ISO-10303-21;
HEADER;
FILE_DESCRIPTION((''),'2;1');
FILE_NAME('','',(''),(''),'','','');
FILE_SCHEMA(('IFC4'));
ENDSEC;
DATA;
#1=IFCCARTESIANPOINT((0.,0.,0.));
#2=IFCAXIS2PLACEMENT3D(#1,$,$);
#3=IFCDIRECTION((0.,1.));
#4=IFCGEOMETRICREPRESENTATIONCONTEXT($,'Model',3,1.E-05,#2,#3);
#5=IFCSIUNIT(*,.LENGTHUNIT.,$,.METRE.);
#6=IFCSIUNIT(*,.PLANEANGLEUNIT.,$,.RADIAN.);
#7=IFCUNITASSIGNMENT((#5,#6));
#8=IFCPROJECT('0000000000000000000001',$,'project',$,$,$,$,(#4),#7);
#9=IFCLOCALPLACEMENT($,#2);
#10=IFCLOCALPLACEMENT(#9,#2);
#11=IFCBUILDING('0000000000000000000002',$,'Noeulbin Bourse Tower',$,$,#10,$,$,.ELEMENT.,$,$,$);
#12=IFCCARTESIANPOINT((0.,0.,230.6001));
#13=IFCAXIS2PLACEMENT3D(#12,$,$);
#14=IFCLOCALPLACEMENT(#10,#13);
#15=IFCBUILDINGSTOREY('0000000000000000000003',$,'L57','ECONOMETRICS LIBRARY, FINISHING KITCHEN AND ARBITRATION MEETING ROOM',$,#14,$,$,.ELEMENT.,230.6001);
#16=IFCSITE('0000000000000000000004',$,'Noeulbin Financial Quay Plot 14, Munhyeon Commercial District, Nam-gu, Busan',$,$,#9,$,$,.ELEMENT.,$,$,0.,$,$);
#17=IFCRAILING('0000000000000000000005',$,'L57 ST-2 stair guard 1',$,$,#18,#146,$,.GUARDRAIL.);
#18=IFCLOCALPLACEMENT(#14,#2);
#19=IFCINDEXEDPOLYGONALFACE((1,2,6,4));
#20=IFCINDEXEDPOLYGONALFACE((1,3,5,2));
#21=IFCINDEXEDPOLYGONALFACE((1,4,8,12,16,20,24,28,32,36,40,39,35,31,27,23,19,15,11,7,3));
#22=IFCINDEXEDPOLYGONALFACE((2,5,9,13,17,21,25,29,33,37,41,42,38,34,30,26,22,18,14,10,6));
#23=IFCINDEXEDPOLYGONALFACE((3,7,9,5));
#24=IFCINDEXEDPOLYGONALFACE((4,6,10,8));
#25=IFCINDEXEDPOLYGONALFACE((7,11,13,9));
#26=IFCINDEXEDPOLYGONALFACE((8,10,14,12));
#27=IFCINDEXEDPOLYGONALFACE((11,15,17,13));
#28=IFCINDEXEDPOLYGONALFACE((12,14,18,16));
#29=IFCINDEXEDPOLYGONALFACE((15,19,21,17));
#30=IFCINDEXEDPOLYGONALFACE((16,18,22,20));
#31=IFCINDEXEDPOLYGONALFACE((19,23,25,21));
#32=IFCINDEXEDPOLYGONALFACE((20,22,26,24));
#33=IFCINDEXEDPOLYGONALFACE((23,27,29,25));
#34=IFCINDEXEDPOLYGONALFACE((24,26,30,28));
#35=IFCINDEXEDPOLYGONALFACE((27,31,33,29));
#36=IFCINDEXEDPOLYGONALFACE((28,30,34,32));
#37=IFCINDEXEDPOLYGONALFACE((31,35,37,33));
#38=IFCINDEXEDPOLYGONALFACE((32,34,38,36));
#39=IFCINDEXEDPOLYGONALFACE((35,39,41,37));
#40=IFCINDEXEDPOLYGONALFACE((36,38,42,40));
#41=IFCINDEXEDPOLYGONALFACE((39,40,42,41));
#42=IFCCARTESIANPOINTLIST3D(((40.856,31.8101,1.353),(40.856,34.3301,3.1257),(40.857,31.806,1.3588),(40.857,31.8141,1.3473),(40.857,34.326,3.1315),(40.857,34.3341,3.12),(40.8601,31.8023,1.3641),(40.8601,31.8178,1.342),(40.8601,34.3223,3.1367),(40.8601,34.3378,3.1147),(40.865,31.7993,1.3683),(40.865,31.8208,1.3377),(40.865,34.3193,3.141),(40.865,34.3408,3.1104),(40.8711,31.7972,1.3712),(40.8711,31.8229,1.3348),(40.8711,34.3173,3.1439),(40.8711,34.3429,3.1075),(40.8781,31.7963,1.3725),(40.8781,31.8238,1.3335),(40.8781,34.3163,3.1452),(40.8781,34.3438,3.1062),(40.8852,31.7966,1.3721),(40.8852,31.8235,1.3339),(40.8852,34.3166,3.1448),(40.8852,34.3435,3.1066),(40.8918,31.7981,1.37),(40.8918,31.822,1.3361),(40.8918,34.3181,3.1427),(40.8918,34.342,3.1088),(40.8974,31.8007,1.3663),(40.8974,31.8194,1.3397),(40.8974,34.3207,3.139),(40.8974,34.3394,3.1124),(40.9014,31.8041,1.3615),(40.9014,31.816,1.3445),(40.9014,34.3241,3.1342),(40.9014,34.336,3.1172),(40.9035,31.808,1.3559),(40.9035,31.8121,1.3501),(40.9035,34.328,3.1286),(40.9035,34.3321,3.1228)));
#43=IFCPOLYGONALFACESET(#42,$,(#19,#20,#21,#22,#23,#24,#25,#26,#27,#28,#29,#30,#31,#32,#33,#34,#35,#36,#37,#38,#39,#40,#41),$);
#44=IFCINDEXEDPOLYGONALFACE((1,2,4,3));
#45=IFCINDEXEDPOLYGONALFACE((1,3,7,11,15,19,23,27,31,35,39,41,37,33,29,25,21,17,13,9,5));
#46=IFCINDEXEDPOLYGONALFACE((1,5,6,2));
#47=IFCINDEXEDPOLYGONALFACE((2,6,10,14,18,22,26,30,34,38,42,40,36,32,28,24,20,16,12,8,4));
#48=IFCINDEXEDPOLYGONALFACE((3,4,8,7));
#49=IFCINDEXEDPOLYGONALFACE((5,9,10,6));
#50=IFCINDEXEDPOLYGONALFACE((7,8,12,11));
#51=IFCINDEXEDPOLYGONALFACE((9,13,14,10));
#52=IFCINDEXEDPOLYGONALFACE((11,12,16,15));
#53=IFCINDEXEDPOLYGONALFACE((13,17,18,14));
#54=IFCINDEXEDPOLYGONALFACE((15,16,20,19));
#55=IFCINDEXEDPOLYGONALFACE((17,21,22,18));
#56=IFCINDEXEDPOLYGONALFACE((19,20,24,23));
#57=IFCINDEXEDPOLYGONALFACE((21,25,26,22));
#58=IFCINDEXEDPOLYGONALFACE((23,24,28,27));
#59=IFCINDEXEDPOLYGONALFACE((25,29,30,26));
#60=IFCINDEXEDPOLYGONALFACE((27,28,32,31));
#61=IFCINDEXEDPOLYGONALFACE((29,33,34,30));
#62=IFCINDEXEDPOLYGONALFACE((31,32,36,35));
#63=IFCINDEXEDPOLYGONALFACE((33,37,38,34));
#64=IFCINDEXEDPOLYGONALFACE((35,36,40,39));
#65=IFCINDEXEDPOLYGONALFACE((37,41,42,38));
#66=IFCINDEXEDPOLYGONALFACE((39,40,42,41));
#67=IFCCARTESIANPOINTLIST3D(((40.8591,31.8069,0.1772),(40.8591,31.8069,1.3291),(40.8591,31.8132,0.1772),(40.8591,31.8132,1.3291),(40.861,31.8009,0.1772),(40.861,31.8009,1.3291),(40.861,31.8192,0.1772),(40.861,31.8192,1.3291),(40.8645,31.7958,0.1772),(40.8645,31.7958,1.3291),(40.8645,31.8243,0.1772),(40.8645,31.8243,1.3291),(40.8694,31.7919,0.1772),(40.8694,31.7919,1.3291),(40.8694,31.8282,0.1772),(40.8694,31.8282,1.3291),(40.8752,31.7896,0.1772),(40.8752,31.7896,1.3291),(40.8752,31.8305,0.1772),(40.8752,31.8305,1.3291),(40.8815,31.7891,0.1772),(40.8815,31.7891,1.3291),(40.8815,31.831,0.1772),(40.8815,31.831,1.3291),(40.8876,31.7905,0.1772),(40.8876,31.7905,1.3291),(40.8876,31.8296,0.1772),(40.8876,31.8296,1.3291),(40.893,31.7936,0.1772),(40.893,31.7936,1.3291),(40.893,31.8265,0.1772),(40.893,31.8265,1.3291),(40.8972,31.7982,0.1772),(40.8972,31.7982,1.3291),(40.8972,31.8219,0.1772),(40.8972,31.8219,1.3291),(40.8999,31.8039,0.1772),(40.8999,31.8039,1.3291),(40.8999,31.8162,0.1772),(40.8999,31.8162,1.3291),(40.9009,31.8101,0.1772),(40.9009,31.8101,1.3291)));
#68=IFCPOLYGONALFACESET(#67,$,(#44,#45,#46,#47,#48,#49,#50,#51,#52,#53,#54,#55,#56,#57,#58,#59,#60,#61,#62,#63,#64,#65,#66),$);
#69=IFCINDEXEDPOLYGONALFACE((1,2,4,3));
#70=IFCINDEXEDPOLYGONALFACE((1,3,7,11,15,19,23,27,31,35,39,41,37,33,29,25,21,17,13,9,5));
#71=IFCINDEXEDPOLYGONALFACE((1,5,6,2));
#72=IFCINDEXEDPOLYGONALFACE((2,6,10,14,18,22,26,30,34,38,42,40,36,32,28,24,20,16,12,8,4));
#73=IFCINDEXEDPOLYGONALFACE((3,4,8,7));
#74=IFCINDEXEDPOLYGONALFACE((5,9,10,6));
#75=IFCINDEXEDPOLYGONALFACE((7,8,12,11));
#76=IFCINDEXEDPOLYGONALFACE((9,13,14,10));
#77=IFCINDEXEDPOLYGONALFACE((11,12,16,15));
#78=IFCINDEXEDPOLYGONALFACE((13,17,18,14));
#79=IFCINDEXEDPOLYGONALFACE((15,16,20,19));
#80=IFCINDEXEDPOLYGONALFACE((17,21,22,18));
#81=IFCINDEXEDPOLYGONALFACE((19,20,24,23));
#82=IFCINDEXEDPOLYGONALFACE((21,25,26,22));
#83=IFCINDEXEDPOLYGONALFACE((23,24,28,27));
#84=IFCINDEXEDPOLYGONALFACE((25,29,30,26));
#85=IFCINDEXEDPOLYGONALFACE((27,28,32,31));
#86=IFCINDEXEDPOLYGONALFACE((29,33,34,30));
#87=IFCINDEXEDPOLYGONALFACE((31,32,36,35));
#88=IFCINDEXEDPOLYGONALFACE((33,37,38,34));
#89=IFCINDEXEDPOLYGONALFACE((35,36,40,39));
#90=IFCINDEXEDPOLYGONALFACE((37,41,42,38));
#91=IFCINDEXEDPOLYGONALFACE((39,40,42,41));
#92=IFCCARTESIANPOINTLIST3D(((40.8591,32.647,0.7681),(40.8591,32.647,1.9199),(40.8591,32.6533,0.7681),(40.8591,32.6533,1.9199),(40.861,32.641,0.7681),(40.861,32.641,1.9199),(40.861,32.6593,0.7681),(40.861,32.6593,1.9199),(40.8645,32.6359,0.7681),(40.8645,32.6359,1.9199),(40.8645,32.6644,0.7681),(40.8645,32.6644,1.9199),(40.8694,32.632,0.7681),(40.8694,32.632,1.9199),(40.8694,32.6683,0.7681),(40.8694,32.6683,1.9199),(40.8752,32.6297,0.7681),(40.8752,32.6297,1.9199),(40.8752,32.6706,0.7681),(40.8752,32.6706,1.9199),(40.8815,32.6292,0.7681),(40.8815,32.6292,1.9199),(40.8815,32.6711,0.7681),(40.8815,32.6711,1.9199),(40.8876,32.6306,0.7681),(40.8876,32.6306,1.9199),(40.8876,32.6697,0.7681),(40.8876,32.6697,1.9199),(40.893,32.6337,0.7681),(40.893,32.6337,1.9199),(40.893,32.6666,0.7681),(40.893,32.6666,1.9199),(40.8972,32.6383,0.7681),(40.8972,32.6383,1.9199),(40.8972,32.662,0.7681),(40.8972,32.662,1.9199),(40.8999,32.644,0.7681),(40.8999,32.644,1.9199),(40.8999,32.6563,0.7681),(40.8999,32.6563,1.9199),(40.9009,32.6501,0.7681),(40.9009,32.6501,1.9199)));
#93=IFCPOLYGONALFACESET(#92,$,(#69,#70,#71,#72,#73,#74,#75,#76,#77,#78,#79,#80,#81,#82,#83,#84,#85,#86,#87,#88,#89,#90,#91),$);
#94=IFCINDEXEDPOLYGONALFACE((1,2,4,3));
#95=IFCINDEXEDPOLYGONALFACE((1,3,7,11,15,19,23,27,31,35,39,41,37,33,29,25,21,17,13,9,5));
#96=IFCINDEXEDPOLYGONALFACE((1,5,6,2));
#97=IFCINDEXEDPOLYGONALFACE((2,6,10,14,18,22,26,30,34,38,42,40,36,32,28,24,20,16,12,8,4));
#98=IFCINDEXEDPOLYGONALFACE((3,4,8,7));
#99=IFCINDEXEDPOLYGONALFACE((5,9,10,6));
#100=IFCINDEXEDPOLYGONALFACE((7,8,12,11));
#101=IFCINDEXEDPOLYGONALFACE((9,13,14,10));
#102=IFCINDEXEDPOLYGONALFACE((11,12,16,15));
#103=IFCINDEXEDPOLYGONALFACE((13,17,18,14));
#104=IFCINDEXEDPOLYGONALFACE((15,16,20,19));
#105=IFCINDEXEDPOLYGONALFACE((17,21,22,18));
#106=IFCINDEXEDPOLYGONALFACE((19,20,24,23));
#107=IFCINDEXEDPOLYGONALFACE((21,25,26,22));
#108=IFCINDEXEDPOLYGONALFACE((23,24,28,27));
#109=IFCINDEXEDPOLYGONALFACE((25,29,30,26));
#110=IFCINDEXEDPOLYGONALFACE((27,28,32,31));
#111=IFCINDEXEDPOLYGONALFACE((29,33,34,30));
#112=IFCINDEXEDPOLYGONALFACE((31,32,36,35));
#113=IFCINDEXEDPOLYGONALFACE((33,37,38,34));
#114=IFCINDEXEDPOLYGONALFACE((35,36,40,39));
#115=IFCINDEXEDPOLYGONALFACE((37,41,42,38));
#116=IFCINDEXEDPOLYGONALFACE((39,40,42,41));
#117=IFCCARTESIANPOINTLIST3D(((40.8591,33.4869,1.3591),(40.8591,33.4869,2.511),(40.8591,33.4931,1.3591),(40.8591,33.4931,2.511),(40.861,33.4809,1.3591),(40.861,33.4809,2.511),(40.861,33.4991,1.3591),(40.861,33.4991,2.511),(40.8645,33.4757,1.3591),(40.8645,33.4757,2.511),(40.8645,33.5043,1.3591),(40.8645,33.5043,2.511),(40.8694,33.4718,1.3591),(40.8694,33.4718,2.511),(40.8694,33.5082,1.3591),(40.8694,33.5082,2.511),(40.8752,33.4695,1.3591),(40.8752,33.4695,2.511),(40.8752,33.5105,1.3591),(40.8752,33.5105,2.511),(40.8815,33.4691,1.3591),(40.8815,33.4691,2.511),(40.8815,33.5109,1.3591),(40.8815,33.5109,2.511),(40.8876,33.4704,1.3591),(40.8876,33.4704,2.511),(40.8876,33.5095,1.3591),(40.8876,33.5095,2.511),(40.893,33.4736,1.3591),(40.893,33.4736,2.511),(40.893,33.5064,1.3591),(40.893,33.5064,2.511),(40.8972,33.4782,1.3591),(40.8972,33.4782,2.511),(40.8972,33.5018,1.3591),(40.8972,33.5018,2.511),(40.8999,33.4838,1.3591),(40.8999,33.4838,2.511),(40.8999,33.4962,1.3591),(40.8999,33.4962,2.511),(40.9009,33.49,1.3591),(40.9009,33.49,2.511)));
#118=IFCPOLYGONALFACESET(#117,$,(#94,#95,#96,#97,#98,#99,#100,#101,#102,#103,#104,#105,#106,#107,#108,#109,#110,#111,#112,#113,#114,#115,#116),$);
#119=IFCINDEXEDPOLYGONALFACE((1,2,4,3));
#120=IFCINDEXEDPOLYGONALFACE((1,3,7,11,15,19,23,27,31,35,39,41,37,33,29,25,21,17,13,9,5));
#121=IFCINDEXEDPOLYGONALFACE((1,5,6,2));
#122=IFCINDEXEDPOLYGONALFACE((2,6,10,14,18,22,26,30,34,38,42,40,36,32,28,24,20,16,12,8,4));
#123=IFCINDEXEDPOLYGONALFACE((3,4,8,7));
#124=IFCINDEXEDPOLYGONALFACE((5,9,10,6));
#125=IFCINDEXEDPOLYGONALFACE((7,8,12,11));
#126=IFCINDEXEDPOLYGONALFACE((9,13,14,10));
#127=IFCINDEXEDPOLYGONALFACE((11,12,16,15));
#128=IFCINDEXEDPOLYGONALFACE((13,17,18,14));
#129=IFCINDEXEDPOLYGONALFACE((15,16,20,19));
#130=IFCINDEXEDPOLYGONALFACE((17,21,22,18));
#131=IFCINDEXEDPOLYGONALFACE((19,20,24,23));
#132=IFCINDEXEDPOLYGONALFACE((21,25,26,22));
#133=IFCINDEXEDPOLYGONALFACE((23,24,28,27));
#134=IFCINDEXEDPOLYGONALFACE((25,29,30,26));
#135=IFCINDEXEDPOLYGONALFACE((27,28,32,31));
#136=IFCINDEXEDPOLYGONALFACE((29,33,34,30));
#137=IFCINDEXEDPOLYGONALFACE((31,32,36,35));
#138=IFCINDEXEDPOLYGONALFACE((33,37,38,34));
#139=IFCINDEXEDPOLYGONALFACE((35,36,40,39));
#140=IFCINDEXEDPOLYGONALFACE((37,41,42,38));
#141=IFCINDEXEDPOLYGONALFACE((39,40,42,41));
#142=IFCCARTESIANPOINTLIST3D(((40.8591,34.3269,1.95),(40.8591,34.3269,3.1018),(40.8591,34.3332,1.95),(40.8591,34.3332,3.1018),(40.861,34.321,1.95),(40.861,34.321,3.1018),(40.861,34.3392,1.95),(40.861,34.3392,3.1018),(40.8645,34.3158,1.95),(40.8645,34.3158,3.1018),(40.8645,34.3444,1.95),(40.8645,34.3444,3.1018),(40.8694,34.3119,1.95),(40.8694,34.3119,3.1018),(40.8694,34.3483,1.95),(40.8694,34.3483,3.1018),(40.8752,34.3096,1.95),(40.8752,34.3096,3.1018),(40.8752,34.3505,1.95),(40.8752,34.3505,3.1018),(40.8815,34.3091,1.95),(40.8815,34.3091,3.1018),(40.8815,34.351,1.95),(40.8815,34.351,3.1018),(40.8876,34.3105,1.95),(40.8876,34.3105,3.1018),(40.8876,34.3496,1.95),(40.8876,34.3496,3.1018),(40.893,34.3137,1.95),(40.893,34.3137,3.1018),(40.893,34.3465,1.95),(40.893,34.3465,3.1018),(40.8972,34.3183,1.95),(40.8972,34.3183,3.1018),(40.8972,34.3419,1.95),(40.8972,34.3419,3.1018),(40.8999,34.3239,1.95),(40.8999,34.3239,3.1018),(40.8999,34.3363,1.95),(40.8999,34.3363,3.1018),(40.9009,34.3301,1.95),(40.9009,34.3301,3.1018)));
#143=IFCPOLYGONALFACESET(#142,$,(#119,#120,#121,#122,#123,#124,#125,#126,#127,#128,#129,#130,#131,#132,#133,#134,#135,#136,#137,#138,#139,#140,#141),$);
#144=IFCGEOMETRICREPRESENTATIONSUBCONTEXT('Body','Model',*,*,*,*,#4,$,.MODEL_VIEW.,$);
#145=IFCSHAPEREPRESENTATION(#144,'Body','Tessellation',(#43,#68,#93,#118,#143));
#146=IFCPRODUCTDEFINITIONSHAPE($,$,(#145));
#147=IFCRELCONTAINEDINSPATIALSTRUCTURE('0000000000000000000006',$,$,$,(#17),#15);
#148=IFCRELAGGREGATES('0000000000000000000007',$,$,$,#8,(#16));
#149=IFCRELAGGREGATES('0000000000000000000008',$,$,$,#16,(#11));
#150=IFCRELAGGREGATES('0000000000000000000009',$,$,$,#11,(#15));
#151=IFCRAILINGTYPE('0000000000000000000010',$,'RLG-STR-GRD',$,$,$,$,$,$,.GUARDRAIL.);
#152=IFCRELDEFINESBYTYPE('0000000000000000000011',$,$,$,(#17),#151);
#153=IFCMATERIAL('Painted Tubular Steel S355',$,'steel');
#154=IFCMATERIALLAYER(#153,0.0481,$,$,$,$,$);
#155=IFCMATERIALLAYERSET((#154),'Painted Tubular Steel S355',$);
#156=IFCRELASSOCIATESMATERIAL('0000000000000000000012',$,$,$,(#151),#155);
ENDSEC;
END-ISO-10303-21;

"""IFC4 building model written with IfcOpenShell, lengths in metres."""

from ifc_helpers import new_model, si_unit, direction, frame, origin, origin_2d, place, context, subcontext, project, spatial, circle, extrude, material, layer, layer_set, type_object, element, save


model = new_model("IFC4")

# Units and contexts
model_context = context("Model", 3, precision=1e-05, world=origin(), true_north=direction((0.0, 1.0)))
body_context = subcontext(model_context, "Body", "Model", "MODEL_VIEW")
ifc_project = project(units=[si_unit("LENGTHUNIT", "METRE"), si_unit("PLANEANGLEUNIT", "RADIAN")], contexts=[model_context])

# Site, building, storey
site_placement = place(None, origin())
site = spatial("IfcSite", under=ifc_project, at=site_placement, Name="Noeulbin Financial Quay Plot 14, Munhyeon Commercial District, Nam-gu, Busan", CompositionType="ELEMENT", RefElevation=0.0)
building_placement = place(site_placement, origin())
building = spatial("IfcBuilding", under=site, at=building_placement, Name="Noeulbin Bourse Tower", CompositionType="ELEMENT")
storey_placement = place(building_placement, frame((0.0, 0.0, 230.6001)))
storey = spatial("IfcBuildingStorey", under=building, at=storey_placement, Name="L57", Description="ECONOMETRICS LIBRARY, FINISHING KITCHEN AND ARBITRATION MEETING ROOM", CompositionType="ELEMENT", Elevation=230.6001)

# Railing
ifc_material_1 = material(Name="Painted Tubular Steel S355", Category="steel")
ifc_layer_1 = layer(ifc_material_1, 0.0481)
ifc_layer_set_1 = layer_set([ifc_layer_1], Name="Painted Tubular Steel S355")
railing_type_1 = type_object("IfcRailingType", Name="RLG-STR-GRD", PredefinedType="GUARDRAIL", material=ifc_layer_set_1)
railing_1_placement = place(storey_placement, frame((40.8799, 31.8101, 0.1772)))
element("IfcRailing", 1, at=railing_1_placement, inside=storey, type_object=railing_type_1, Name="L57 ST-2 stair guard 1", PredefinedType="GUARDRAIL", context=body_context, shape_type="SweptSolid", body=[
    extrude(circle(Radius=0.0239, at=origin_2d()), frame((0.0, 0.0, 1.1758), z_axis=(0.0, 0.817904, 0.575354), x_axis=(-1.0, 0.0, 0.0)), (0.0, 0.0, 1.0), 3.0811),
    extrude(circle(Radius=0.021, at=origin_2d()), origin(), (0.0, 0.0, 1.0), 1.1519),
    extrude(circle(Radius=0.021, at=origin_2d()), frame((0.0, 0.8401, 0.5908)), (0.0, 0.0, 1.0), 1.1519),
    extrude(circle(Radius=0.021, at=origin_2d()), frame((0.0, 1.6799, 1.1819)), (0.0, 0.0, 1.0), 1.1519),
    extrude(circle(Radius=0.021, at=origin_2d()), frame((0.0, 2.52, 1.7727)), (0.0, 0.0, 1.0), 1.1519),
])

save(model, "model.ifc")
